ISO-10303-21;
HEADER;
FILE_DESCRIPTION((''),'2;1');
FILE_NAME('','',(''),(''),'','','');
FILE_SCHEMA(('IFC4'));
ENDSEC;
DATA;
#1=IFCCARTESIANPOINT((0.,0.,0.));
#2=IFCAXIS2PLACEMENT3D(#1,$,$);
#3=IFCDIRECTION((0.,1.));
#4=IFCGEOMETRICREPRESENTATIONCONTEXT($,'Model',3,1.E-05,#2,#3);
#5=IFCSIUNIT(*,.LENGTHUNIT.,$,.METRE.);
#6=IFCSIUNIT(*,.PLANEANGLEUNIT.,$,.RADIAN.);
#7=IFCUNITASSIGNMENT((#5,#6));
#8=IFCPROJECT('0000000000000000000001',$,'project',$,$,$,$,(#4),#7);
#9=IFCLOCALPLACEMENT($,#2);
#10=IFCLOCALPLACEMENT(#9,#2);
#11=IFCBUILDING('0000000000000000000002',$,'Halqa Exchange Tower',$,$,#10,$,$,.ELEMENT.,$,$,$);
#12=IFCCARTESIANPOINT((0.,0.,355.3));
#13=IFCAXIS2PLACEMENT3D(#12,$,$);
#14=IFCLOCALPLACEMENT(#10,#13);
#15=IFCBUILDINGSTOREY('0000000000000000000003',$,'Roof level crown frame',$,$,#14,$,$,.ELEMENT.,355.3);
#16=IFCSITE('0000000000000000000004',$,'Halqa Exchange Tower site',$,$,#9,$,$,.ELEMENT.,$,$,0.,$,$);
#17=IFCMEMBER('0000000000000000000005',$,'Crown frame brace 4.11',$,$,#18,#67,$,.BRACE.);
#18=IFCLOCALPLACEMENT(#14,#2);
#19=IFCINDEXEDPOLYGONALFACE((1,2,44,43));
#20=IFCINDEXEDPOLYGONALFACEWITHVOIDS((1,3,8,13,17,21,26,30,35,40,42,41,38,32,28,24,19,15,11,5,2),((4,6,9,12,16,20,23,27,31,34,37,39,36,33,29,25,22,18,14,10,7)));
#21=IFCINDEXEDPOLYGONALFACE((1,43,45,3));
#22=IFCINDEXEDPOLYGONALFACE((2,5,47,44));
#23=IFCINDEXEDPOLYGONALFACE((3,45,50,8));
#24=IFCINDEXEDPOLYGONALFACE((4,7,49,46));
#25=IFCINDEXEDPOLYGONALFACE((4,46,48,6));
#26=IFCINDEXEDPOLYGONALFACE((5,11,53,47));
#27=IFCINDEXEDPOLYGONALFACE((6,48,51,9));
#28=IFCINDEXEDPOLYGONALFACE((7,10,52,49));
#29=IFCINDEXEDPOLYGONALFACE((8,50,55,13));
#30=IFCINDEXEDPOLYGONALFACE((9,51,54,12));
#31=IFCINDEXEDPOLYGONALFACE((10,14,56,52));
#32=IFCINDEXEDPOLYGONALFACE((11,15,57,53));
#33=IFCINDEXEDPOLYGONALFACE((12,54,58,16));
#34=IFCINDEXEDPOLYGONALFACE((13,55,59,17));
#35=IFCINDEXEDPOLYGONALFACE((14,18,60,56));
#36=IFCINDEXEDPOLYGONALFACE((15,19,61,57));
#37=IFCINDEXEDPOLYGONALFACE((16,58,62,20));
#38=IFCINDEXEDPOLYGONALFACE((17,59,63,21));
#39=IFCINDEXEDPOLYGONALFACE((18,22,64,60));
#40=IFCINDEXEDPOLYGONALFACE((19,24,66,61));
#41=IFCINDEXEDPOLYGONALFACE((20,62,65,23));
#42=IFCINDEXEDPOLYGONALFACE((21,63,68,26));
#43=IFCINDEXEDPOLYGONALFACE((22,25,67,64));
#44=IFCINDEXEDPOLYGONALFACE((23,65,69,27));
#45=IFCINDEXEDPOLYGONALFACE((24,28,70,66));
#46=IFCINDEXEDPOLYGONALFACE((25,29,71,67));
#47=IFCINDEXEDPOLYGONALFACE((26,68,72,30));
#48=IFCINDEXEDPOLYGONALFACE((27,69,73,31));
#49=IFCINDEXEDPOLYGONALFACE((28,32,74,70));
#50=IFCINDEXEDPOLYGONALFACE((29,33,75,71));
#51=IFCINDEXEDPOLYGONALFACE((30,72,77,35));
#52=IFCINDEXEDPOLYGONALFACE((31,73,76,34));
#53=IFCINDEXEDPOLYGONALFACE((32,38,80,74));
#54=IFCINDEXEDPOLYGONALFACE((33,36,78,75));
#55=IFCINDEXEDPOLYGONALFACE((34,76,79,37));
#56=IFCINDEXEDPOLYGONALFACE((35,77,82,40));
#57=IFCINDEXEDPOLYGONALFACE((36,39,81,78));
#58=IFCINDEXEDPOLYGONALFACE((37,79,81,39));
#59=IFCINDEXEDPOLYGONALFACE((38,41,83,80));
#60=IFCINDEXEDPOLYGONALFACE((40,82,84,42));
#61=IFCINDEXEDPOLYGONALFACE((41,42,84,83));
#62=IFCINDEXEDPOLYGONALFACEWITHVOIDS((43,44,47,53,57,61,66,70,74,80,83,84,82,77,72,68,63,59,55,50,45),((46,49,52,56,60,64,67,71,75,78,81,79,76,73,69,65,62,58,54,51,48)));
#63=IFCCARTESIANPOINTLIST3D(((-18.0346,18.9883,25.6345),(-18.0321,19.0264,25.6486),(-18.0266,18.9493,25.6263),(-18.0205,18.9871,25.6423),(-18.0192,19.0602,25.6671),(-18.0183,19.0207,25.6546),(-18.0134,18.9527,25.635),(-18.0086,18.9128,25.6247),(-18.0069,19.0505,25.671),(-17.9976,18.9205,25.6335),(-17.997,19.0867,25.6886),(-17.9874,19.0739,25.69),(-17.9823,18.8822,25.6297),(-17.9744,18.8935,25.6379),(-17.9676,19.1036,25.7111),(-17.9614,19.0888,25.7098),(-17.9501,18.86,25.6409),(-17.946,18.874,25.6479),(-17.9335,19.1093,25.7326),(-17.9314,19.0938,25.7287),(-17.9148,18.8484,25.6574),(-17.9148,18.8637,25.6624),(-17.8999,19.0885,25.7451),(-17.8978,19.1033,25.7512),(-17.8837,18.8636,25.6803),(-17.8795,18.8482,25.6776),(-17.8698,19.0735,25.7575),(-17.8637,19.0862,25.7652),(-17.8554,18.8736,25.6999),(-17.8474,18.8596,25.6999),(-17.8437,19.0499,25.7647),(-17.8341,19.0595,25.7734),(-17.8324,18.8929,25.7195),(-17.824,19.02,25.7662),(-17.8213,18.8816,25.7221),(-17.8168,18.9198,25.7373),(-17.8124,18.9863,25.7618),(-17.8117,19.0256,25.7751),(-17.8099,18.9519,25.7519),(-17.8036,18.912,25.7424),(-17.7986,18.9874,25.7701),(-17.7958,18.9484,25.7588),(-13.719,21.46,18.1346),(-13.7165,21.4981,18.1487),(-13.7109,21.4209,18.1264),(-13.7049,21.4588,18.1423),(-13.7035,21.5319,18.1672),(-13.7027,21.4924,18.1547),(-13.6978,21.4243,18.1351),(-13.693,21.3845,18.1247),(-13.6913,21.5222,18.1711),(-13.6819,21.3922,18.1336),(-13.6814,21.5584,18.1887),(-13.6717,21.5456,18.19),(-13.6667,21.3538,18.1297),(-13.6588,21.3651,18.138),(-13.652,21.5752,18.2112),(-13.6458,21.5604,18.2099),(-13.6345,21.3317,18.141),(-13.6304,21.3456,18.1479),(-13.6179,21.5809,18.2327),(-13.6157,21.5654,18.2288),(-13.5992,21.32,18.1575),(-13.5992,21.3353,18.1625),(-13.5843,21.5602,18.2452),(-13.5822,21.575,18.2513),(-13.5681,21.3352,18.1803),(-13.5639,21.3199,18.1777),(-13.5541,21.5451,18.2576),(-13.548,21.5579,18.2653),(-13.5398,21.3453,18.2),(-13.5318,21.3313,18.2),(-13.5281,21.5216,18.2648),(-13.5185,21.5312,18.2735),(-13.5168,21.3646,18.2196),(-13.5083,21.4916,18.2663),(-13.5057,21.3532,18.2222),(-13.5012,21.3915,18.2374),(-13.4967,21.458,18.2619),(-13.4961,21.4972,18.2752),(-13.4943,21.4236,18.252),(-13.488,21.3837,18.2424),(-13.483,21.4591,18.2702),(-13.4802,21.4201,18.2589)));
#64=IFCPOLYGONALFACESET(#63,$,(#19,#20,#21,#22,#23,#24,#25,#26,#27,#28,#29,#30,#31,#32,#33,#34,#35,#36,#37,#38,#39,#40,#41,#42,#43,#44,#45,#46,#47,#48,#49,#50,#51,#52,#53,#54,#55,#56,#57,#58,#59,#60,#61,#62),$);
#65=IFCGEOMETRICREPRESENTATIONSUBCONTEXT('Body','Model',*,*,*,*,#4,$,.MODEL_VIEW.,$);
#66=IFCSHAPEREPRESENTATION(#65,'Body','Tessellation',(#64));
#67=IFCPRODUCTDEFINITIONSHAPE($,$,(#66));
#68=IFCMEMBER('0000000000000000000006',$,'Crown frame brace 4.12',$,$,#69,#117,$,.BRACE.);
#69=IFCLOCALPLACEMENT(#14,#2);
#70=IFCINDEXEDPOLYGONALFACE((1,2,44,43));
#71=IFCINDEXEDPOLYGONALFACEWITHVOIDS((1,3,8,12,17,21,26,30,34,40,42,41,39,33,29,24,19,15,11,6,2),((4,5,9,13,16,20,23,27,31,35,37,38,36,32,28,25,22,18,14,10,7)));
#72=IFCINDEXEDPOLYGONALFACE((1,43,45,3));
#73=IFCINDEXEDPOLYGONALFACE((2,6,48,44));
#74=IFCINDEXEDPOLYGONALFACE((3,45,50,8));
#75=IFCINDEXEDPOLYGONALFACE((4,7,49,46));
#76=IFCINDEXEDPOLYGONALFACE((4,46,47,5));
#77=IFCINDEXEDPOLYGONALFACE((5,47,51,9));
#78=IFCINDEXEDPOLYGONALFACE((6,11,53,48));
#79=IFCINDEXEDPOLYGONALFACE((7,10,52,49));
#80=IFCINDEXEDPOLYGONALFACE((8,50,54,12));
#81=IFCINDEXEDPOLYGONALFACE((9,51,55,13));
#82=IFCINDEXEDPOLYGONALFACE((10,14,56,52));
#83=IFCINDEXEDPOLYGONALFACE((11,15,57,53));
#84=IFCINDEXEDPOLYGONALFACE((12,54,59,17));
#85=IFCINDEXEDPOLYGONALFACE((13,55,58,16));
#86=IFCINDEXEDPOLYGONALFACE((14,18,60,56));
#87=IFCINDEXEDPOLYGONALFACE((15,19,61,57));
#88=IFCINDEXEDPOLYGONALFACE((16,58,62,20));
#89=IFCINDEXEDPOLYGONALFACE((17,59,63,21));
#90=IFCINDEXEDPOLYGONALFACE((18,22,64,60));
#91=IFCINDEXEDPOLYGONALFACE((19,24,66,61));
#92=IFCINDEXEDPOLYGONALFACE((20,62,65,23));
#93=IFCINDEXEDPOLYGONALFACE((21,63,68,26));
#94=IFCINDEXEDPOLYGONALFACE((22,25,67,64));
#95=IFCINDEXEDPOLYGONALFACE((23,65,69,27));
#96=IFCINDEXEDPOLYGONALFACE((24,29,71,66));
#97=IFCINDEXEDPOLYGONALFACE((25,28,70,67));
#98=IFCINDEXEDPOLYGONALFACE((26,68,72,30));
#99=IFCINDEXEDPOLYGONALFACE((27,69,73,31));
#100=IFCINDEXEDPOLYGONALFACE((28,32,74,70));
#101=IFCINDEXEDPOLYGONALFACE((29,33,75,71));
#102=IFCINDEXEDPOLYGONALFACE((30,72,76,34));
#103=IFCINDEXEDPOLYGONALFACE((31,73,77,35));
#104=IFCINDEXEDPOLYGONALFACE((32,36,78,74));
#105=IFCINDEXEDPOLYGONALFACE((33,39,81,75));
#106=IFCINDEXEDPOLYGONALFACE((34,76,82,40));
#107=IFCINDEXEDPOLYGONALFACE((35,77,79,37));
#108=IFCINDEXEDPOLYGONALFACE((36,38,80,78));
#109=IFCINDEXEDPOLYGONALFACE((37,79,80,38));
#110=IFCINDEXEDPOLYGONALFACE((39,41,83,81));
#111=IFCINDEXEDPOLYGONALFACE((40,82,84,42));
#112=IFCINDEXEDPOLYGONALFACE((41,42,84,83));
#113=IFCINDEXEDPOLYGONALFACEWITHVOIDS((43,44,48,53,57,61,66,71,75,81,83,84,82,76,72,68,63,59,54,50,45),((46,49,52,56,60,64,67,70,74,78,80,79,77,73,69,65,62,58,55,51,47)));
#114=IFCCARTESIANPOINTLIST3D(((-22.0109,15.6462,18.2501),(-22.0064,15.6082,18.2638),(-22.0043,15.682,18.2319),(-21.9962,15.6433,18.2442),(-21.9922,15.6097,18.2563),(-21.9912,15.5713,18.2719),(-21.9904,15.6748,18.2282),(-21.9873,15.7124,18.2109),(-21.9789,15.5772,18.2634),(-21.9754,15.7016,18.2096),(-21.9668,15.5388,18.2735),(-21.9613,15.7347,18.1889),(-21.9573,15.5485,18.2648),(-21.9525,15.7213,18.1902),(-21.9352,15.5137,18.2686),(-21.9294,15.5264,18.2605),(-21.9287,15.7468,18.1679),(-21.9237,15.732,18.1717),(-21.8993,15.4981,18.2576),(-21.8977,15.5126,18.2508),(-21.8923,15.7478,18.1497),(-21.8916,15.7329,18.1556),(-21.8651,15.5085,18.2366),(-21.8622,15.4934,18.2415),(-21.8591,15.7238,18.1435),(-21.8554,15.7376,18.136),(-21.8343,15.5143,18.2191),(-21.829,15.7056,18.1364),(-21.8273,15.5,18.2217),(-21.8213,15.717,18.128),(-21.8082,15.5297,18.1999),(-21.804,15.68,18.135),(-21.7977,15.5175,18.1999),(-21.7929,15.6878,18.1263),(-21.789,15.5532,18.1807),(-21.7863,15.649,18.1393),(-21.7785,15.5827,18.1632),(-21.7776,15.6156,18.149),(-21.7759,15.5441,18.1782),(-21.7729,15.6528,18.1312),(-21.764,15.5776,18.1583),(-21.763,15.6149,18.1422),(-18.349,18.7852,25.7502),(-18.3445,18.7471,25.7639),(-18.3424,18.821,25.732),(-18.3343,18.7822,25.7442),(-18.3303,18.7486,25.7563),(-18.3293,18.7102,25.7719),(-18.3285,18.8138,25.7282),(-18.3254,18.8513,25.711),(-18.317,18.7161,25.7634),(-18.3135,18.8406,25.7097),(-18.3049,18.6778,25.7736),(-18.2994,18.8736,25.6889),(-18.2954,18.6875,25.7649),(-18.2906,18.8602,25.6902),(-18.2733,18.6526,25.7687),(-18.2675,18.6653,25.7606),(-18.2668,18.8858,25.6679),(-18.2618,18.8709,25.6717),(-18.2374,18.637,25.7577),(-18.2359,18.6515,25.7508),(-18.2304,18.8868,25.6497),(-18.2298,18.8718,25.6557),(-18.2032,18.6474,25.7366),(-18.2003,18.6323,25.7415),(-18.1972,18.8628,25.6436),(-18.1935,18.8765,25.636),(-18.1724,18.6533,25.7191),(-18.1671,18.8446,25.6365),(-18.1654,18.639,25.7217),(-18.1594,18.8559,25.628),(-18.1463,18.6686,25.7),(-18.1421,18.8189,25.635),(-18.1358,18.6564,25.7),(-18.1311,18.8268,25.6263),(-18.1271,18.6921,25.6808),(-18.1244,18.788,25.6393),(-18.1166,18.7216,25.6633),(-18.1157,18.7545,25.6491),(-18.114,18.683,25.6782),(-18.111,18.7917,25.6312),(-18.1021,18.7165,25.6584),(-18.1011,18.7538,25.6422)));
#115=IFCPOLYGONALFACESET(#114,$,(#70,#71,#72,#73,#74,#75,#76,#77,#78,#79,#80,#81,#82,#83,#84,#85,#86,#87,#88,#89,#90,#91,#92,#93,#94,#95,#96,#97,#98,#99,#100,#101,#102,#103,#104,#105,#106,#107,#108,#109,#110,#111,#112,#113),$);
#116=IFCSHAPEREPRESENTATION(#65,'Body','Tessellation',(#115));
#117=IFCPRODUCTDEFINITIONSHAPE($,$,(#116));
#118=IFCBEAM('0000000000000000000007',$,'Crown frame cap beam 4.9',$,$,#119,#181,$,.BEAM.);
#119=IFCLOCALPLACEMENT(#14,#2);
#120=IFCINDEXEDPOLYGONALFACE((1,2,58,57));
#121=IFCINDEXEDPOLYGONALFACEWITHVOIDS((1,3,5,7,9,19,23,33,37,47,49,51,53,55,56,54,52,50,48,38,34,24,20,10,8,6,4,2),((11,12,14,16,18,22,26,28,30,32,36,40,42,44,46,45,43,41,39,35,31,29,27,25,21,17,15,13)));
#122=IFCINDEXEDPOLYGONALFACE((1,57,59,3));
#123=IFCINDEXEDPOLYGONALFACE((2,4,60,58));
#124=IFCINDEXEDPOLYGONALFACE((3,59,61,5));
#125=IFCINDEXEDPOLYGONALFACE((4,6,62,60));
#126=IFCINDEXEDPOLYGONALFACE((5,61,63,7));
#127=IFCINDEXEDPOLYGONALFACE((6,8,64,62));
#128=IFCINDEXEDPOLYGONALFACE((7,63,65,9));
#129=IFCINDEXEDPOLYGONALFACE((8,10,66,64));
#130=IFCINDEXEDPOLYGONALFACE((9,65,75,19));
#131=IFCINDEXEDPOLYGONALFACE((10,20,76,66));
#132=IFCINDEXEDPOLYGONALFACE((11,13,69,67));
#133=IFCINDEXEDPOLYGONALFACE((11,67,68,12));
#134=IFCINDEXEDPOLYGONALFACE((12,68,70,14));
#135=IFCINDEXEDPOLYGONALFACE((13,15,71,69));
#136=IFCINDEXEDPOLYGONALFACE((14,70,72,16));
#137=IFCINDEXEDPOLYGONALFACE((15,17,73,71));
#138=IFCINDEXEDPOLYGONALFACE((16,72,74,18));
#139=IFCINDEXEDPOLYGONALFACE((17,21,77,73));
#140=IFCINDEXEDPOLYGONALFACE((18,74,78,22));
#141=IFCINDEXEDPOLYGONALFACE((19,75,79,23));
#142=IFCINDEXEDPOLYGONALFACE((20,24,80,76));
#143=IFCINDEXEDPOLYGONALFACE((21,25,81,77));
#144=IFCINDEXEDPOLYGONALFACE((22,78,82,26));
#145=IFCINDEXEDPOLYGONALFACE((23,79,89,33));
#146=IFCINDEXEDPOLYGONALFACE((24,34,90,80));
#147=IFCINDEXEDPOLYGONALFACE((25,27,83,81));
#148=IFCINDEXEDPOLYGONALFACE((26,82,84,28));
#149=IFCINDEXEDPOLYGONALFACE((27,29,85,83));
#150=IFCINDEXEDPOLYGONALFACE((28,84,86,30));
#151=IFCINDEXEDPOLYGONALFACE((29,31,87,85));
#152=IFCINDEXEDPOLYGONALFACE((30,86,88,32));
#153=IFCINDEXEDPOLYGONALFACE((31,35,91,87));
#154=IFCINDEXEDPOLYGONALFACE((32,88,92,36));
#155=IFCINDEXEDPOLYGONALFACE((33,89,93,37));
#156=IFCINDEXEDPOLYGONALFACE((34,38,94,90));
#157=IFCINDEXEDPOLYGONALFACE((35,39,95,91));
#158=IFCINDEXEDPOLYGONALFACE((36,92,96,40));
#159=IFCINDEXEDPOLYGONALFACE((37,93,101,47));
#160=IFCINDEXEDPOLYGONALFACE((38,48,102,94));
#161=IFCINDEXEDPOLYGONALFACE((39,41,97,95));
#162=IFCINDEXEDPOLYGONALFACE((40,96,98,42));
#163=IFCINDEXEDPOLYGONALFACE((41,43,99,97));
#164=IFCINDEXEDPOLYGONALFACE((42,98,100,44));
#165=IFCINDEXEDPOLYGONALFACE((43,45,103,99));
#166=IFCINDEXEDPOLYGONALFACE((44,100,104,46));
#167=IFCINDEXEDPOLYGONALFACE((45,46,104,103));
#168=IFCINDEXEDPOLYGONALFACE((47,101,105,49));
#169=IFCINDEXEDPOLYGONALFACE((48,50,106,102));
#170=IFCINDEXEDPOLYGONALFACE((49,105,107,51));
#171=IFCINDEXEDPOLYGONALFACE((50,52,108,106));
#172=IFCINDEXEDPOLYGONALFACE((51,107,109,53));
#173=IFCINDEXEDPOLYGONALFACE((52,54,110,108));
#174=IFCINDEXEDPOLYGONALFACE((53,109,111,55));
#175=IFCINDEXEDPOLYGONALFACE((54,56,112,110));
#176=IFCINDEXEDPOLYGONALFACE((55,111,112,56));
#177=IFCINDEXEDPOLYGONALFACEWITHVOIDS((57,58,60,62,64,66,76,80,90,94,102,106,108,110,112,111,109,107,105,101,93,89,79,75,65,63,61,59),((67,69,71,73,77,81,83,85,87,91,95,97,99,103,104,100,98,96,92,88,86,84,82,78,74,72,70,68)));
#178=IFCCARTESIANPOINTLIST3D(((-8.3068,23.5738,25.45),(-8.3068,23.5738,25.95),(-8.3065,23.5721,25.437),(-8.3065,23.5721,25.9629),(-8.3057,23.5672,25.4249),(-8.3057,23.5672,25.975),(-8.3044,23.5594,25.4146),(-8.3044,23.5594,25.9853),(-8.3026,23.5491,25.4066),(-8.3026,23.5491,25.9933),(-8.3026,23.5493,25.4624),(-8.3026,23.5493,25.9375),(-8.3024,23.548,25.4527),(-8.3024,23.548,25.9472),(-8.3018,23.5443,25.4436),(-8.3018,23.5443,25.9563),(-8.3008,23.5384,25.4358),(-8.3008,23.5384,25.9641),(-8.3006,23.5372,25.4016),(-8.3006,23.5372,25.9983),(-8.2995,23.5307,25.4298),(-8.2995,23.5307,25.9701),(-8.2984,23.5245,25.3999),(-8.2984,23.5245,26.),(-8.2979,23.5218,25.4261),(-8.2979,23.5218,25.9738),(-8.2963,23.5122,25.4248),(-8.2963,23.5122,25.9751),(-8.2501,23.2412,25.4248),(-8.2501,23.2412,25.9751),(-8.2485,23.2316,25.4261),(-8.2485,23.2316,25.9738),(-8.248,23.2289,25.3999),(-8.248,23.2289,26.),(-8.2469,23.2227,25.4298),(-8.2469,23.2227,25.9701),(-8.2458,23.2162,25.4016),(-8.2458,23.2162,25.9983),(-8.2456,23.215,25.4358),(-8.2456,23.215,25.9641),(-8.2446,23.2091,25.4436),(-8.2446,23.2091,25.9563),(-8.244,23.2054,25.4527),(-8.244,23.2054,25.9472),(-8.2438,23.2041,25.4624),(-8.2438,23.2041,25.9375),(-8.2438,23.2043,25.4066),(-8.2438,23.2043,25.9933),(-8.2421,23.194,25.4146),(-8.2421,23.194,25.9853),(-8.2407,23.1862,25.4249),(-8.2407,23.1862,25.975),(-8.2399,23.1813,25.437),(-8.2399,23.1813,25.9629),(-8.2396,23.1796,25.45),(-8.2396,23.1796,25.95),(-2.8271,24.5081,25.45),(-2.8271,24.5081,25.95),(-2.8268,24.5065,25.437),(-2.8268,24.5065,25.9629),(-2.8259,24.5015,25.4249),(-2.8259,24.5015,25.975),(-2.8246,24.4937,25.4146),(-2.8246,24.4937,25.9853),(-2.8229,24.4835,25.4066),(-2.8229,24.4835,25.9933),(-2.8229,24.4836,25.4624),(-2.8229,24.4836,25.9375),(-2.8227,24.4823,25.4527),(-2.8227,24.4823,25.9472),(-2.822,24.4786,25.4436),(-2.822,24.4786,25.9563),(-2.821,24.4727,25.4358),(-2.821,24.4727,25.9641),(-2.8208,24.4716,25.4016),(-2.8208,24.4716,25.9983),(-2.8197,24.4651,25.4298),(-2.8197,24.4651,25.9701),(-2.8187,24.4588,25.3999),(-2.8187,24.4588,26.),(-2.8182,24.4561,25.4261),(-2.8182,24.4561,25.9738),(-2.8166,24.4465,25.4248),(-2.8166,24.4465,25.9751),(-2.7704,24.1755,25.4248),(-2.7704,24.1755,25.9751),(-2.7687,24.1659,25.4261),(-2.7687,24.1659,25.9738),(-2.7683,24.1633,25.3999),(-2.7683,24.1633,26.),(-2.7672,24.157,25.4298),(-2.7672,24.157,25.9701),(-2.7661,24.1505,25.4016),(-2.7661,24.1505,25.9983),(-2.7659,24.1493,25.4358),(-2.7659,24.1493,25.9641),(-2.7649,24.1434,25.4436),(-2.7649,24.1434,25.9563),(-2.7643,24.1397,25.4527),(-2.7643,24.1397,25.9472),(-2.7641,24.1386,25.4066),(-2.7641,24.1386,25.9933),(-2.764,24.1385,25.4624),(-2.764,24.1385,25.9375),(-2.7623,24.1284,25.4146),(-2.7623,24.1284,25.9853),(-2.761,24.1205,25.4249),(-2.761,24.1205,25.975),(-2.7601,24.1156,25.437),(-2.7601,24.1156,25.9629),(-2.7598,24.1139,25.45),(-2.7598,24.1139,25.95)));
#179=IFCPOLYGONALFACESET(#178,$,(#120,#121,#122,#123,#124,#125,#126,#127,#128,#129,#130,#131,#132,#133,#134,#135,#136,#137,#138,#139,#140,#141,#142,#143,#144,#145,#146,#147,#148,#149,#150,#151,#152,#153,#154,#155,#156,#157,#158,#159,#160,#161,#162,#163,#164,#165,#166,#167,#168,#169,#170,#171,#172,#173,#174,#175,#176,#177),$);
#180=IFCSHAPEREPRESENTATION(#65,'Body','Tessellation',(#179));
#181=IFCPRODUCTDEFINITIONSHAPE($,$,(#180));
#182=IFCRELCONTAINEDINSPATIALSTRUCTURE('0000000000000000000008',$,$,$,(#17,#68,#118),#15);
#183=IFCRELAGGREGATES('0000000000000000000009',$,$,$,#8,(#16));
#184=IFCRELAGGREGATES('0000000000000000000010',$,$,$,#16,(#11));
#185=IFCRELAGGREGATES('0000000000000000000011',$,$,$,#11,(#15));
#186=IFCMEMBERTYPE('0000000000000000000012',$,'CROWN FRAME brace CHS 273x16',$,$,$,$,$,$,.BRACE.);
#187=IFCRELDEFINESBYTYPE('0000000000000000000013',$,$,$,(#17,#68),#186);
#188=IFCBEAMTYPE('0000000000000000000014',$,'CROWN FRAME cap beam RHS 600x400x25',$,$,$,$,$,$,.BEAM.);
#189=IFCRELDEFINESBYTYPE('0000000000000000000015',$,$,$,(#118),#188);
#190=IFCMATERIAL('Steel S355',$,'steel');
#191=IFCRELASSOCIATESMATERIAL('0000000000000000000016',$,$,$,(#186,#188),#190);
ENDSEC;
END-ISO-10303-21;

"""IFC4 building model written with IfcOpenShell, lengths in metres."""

from ifc_helpers import new_model, si_unit, direction, frame, origin, origin_2d, place, context, subcontext, project, spatial, hollow_rectangle, hollow_circle, extrude, material, material_profile, profile_set, type_object, element, save


model = new_model("IFC4")

# Units and contexts
model_context = context("Model", 3, precision=1e-05, world=origin(), true_north=direction((0.0, 1.0)))
body_context = subcontext(model_context, "Body", "Model", "MODEL_VIEW")
ifc_project = project(units=[si_unit("LENGTHUNIT", "METRE"), si_unit("PLANEANGLEUNIT", "RADIAN")], contexts=[model_context])

# Site, building, storey
site_placement = place(None, origin())
site = spatial("IfcSite", under=ifc_project, at=site_placement, Name="Halqa Exchange Tower site", CompositionType="ELEMENT", RefElevation=0.0)
building_placement = place(site_placement, origin())
building = spatial("IfcBuilding", under=site, at=building_placement, Name="Halqa Exchange Tower", CompositionType="ELEMENT")
storey_placement = place(building_placement, frame((0.0, 0.0, 355.3)))
storey = spatial("IfcBuildingStorey", under=building, at=storey_placement, Name="Roof level crown frame", CompositionType="ELEMENT", Elevation=355.3)

# Members
ifc_material_1 = material(Name="Steel S355", Category="steel")
ifc_material_profile_1 = material_profile(ifc_material_1, hollow_circle(Radius=0.1365, WallThickness=0.0161, at=origin_2d()), Name="CHS 273x16")
ifc_profile_set_1 = profile_set([ifc_material_profile_1], Name="Steel S355")
member_type = type_object("IfcMemberType", Name="CROWN FRAME brace CHS 273x16", PredefinedType="BRACE", material=ifc_profile_set_1)
member_1_placement = place(storey_placement, frame((-13.5996, 21.4497, 18.2), z_axis=(-0.479566, -0.274658, 0.833414), x_axis=(0.496985, -0.867759, 0.0)))
element("IfcMember", 1, at=member_1_placement, inside=storey, type_object=member_type, Name="Crown frame brace 4.11", PredefinedType="BRACE", context=body_context, shape_type="SweptSolid", body=[
    extrude(hollow_circle(Radius=0.1365, WallThickness=0.0161, at=origin_2d()), origin(), (0.0, 0.0, 1.0), 8.999),
])
member_2_placement = place(storey_placement, frame((-18.2246, 18.76, 25.7), z_axis=(-0.410663, -0.352017, -0.841094), x_axis=(0.650812, -0.759239, 0.0)))
element("IfcMember", 2, at=member_2_placement, inside=storey, type_object=member_type, Name="Crown frame brace 4.12", PredefinedType="BRACE", context=body_context, shape_type="SweptSolid", body=[
    extrude(hollow_circle(Radius=0.1365, WallThickness=0.0161, at=origin_2d()), origin(), (0.0, 0.0, 1.0), 8.917),
])

# Beam
ifc_material_profile_2 = material_profile(ifc_material_1, hollow_rectangle(XDim=0.3999, YDim=0.6001, WallThickness=0.0249, InnerFilletRadius=0.0376, OuterFilletRadius=0.05, at=origin_2d()), Name="RHS 600x400x25")
ifc_profile_set_2 = profile_set([ifc_material_profile_2], Name="Steel S355")
beam_type_1 = type_object("IfcBeamType", Name="CROWN FRAME cap beam RHS 600x400x25", PredefinedType="BEAM", material=ifc_profile_set_2)
beam_1_placement = place(storey_placement, frame((-2.7935, 24.311, 25.7), z_axis=(-0.985773, -0.16808, 0.0), x_axis=(0.16808, -0.985773, 0.0)))
element("IfcBeam", 3, at=beam_1_placement, inside=storey, type_object=beam_type_1, Name="Crown frame cap beam 4.9", PredefinedType="BEAM", context=body_context, shape_type="SweptSolid", body=[
    extrude(hollow_rectangle(XDim=0.3999, YDim=0.6001, WallThickness=0.0249, InnerFilletRadius=0.0376, OuterFilletRadius=0.05, at=origin_2d()), origin(), (0.0, 0.0, 1.0), 5.5588),
])

save(model, "model.ifc")
